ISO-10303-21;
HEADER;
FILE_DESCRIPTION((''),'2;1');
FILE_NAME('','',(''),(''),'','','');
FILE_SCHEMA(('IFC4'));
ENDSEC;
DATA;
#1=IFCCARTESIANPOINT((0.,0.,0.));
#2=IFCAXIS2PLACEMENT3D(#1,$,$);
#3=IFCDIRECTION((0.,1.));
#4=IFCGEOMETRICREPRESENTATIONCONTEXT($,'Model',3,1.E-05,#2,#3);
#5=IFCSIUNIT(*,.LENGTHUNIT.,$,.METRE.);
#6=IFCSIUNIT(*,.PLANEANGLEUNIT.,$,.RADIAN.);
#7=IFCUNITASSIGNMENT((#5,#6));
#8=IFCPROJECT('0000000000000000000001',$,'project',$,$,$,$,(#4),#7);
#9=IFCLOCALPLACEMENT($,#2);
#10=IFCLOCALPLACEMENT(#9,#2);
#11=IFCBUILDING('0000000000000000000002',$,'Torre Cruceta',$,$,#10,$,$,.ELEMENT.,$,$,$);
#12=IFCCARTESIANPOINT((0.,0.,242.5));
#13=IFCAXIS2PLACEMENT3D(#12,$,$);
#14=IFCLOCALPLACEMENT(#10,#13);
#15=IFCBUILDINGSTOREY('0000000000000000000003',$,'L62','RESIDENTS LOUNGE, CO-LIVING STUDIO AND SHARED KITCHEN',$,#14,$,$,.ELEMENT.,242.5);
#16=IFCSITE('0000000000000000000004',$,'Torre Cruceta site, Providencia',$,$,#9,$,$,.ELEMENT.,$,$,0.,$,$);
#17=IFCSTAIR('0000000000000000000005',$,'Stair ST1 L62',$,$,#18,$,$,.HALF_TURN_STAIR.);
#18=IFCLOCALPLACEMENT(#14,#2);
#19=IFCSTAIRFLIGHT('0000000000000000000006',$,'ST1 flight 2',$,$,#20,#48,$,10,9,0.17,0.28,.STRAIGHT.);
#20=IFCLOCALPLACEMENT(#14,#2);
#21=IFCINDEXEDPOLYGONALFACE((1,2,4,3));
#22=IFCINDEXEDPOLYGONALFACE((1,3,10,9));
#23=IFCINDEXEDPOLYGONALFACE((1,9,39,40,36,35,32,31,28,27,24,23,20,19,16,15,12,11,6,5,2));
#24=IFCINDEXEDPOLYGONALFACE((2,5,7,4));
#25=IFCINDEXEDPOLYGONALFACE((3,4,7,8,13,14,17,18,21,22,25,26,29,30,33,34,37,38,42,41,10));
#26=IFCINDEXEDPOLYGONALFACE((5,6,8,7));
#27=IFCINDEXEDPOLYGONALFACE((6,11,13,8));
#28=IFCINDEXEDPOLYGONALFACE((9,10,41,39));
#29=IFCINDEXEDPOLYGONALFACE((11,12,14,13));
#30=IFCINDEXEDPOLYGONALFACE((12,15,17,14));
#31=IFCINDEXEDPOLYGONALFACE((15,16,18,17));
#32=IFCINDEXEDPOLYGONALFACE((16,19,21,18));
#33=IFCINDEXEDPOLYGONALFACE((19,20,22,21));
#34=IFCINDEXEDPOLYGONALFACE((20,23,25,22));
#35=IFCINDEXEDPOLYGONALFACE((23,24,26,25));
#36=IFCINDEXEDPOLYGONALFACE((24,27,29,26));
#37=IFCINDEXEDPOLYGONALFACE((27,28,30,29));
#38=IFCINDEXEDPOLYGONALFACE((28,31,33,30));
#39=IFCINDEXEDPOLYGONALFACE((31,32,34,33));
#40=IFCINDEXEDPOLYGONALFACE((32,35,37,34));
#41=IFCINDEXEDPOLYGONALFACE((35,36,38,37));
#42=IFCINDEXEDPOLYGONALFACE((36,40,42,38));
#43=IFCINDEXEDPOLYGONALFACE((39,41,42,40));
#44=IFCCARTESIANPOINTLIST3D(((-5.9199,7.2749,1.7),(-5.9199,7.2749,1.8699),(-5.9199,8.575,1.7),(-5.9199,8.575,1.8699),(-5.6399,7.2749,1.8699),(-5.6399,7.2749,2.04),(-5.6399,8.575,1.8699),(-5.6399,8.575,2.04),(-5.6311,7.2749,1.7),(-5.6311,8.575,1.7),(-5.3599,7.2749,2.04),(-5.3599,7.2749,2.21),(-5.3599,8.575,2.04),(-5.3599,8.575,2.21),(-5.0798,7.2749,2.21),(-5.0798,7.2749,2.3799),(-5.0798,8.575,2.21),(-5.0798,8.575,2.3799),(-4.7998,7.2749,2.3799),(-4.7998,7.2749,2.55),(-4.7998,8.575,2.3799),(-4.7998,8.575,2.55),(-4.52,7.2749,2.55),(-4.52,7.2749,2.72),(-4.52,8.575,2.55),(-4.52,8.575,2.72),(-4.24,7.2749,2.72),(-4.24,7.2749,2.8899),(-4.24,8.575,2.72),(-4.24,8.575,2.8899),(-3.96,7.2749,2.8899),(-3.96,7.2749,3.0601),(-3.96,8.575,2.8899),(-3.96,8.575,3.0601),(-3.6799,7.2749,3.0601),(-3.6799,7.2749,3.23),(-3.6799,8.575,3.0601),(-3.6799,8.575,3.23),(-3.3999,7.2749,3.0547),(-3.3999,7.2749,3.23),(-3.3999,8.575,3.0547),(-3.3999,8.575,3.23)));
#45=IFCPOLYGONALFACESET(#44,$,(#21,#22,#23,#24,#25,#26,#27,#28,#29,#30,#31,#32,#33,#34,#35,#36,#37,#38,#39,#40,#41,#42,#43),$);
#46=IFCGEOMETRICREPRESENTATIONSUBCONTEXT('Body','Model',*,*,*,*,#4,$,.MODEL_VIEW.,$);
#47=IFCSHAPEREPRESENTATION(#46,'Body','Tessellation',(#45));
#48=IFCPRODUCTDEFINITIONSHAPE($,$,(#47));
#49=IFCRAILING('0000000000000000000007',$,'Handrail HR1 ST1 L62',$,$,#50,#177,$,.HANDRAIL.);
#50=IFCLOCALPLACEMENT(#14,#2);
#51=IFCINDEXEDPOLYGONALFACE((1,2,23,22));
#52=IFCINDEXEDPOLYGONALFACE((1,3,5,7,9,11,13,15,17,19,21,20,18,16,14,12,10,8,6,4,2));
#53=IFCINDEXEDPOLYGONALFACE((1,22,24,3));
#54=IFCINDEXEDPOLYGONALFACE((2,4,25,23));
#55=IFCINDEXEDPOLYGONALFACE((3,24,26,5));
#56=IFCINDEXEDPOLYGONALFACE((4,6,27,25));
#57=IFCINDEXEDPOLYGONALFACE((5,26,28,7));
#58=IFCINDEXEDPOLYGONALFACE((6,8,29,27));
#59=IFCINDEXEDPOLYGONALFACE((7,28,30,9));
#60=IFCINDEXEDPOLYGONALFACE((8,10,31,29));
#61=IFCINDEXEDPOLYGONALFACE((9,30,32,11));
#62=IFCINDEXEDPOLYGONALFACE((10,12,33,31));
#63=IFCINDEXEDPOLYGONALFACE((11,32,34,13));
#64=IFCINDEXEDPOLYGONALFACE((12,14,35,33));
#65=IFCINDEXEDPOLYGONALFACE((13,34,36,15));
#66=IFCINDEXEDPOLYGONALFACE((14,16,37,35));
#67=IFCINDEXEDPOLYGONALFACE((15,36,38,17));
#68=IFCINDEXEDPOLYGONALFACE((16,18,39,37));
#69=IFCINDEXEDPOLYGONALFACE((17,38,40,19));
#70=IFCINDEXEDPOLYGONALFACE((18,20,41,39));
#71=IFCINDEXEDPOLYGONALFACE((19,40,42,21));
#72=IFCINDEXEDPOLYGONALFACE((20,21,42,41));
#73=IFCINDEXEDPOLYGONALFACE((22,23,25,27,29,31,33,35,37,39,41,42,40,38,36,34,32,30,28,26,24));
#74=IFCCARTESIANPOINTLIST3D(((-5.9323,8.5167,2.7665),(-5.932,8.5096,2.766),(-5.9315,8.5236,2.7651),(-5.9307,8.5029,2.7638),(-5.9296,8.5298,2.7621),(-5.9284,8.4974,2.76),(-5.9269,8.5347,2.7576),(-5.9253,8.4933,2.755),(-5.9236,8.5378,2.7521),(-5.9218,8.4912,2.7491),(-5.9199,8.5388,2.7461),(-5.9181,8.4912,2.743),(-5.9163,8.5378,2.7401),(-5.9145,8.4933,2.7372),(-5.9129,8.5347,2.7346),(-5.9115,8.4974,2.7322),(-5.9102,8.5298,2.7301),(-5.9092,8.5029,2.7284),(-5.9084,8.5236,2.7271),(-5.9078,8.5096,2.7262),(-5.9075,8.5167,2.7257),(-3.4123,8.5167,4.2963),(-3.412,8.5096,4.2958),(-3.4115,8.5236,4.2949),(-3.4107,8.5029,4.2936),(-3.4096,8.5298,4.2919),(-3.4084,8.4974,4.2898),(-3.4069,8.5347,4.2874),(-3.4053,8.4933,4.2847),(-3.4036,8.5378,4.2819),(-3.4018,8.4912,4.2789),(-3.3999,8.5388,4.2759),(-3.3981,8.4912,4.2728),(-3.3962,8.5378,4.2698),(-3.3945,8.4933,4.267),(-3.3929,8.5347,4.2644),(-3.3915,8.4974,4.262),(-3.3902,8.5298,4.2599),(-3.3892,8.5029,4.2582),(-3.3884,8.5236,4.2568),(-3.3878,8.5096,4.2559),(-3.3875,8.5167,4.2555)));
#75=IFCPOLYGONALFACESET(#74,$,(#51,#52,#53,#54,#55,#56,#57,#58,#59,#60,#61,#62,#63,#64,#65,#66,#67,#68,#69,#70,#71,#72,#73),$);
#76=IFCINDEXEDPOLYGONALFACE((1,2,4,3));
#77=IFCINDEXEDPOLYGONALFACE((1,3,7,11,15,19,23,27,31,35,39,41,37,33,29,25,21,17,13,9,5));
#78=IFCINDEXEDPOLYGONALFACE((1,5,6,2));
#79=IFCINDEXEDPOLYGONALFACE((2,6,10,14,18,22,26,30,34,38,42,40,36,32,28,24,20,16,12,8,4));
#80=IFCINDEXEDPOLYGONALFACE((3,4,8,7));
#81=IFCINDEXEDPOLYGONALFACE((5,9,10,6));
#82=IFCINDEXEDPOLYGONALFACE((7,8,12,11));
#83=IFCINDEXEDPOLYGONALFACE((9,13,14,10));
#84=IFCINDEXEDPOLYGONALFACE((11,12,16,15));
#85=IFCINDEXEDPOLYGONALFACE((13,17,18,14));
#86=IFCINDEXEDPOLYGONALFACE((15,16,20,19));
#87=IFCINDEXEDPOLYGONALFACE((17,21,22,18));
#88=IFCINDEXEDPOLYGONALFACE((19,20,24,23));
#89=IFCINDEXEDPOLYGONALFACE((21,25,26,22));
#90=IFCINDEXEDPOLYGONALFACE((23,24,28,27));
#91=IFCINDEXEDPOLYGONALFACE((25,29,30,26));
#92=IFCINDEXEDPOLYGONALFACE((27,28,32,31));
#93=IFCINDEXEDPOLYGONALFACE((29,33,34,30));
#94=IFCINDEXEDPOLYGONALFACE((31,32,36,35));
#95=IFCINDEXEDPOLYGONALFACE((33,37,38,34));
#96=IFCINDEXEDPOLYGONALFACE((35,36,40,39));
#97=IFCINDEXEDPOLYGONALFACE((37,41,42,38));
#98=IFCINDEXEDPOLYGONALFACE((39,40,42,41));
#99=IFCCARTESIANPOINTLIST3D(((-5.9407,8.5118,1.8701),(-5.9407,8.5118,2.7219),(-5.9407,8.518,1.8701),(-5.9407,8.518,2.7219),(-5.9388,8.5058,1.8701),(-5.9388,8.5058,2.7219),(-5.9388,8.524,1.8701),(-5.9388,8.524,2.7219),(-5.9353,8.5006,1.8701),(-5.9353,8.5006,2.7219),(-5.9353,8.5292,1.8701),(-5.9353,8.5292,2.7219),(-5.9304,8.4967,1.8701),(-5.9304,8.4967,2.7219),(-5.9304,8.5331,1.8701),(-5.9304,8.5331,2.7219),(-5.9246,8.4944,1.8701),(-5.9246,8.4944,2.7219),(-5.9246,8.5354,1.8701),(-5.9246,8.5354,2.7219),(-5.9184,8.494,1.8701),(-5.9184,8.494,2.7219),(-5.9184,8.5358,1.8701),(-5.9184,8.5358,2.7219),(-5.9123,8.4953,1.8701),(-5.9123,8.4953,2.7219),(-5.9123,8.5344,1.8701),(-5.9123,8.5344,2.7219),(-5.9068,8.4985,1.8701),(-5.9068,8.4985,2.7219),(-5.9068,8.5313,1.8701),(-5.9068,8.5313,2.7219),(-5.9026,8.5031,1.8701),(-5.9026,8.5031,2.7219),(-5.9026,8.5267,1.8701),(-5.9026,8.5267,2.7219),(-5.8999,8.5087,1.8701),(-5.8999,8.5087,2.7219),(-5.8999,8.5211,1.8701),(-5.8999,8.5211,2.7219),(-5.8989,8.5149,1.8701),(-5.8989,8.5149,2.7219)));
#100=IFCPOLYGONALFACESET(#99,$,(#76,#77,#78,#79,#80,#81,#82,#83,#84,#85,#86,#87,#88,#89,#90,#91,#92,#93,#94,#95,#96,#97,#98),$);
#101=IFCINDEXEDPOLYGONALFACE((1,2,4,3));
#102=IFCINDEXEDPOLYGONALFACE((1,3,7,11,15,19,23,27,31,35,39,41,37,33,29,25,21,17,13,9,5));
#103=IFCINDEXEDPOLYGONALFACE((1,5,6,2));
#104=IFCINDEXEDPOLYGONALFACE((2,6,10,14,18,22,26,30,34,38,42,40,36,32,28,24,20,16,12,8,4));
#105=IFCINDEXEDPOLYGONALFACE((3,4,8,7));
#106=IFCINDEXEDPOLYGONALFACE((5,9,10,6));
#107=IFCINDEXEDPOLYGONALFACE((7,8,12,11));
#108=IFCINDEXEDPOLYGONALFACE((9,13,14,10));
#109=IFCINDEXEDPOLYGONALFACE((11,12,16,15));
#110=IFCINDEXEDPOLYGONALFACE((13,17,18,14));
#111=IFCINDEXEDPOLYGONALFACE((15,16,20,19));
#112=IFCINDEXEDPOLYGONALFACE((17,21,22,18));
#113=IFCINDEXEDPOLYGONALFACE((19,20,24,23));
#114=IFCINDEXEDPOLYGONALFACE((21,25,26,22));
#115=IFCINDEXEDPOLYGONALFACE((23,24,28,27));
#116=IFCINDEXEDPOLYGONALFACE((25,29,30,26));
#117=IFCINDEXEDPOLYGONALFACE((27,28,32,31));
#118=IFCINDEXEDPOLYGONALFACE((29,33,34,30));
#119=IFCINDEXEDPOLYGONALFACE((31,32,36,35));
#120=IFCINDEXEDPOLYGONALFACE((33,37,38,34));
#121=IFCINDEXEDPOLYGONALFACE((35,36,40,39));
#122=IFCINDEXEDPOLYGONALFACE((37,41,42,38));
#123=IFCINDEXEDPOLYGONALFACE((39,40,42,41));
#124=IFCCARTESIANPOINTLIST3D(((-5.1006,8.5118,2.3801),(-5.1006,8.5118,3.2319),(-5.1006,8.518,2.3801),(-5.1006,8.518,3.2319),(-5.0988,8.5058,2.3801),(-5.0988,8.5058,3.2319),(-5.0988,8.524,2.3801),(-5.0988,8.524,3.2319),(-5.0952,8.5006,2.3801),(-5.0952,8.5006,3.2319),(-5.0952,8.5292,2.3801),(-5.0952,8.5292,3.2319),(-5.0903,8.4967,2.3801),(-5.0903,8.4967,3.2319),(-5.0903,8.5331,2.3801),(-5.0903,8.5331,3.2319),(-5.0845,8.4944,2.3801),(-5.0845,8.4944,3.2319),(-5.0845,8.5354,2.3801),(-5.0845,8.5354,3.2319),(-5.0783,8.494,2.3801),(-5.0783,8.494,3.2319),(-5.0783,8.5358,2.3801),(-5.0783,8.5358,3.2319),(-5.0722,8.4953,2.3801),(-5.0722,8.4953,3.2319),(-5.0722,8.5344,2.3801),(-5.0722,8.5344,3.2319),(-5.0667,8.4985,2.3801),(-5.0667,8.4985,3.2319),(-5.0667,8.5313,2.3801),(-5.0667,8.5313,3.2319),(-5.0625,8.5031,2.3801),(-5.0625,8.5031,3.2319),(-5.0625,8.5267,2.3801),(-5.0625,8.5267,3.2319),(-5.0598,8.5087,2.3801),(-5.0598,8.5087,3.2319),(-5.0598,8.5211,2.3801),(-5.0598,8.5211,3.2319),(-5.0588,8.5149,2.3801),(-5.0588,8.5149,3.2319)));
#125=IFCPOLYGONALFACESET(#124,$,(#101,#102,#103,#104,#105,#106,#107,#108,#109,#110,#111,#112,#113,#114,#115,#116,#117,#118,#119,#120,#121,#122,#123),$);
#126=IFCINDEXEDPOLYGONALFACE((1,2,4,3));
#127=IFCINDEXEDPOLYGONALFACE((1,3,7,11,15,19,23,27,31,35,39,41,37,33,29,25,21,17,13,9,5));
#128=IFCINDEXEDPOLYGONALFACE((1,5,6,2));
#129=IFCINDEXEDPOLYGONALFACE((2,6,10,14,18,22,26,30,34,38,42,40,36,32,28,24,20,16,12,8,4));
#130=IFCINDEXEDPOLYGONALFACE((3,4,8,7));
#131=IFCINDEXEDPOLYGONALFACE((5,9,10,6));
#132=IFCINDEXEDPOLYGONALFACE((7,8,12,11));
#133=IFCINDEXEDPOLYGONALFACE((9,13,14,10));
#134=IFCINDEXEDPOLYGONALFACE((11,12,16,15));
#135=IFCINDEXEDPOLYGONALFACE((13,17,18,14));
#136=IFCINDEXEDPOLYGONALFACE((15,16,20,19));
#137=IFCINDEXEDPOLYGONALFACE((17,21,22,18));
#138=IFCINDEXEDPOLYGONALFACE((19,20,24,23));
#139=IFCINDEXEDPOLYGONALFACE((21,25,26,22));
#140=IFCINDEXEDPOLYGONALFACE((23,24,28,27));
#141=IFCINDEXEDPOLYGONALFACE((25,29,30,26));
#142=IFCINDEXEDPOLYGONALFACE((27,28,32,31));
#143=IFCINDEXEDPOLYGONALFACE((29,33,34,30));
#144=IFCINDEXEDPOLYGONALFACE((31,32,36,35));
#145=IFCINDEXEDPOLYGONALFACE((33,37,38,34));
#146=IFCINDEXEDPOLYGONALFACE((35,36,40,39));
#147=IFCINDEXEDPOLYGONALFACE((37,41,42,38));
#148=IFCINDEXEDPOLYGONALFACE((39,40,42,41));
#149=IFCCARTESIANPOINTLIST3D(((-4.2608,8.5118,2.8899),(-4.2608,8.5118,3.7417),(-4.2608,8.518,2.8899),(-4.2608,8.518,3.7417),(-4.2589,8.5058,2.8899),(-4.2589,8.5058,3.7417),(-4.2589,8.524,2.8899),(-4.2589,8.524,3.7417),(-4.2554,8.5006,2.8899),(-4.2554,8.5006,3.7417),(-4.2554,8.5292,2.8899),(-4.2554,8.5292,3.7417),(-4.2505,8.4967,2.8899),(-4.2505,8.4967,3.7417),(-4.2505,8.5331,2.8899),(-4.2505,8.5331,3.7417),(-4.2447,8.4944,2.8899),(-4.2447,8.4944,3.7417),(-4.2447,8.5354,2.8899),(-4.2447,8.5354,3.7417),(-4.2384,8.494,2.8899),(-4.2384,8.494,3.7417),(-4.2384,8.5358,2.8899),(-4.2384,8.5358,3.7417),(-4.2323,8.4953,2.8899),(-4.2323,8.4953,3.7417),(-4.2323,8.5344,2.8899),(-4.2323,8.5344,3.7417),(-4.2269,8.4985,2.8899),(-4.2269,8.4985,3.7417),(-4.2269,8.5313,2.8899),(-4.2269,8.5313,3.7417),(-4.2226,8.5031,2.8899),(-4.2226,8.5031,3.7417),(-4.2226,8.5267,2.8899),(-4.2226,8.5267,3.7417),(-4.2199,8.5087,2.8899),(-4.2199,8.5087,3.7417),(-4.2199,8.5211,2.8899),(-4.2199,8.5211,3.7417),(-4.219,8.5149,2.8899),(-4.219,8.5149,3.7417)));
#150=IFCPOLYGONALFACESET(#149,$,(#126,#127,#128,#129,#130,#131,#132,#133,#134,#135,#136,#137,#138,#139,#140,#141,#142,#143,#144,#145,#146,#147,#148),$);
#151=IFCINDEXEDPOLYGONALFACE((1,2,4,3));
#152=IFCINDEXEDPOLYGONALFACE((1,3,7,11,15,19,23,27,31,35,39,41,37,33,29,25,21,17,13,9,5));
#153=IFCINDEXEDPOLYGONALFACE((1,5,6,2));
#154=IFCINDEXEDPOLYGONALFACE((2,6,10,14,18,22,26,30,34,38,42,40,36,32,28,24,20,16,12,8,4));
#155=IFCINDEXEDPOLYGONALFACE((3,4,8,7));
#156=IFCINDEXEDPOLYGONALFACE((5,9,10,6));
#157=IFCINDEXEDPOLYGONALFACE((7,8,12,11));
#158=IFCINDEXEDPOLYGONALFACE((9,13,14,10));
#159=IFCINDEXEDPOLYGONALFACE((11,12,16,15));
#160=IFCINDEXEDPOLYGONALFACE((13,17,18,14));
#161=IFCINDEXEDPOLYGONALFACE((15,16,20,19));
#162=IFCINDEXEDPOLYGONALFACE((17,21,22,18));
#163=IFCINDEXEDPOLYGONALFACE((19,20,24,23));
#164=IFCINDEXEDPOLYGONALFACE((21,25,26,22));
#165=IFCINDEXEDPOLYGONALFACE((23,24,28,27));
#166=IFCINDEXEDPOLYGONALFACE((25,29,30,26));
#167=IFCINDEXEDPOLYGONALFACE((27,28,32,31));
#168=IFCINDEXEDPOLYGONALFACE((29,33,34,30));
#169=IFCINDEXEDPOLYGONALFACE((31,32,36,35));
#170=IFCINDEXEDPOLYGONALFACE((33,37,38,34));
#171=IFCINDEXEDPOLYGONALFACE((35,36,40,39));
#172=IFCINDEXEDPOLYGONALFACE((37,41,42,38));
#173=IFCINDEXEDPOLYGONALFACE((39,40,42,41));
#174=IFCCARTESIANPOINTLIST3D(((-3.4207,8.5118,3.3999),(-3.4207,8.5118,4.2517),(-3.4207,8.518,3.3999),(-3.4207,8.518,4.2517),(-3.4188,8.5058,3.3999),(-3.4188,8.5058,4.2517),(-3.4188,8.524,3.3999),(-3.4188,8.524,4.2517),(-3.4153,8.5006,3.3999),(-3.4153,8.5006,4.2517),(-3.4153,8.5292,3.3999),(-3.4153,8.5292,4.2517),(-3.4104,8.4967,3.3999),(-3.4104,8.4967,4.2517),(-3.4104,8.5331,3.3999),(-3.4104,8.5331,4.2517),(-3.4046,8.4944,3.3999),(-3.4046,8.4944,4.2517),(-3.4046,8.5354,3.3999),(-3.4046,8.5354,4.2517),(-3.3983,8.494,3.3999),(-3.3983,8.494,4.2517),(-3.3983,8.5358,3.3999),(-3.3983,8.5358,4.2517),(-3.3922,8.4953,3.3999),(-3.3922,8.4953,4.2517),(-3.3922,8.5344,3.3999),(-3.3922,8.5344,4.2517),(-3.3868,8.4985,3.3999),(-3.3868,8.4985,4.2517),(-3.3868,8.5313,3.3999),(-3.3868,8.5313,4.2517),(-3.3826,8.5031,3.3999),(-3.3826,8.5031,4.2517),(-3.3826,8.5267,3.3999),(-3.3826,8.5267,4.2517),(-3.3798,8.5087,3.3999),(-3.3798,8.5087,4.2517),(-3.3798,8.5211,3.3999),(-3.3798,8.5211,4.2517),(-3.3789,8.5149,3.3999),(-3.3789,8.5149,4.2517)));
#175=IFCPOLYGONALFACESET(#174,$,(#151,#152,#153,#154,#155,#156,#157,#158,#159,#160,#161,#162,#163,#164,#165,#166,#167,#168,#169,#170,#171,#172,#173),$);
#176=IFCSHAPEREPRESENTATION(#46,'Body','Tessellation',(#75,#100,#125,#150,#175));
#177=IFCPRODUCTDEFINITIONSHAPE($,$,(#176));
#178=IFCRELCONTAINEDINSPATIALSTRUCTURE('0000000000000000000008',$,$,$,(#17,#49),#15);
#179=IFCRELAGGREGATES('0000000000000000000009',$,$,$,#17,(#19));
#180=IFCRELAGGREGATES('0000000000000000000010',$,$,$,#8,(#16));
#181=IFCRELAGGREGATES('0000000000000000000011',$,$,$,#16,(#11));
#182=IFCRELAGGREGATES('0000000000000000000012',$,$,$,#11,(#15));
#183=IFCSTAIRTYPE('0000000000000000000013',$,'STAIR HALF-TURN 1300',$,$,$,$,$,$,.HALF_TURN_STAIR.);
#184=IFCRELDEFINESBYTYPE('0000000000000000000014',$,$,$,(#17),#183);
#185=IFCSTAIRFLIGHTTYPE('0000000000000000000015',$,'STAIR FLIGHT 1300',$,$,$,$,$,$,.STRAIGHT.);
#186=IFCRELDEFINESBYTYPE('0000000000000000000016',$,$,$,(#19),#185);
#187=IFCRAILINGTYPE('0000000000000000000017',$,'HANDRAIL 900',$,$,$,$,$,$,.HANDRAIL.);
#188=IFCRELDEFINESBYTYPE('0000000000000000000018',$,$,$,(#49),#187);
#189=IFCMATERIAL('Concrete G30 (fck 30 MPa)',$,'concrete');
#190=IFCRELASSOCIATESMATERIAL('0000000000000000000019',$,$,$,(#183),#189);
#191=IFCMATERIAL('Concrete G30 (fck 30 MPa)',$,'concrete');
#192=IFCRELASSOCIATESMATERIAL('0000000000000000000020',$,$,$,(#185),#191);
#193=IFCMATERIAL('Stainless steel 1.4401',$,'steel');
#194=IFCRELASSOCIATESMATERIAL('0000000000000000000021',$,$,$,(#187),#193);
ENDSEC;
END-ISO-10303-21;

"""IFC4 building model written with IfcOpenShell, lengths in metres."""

from ifc_helpers import new_model, si_unit, direction, frame, origin, origin_2d, place, context, subcontext, project, spatial, polyline, circle, outline, extrude, material, type_object, element, aggregate, save


model = new_model("IFC4")

# Units and contexts
model_context = context("Model", 3, precision=1e-05, world=origin(), true_north=direction((0.0, 1.0)))
body_context = subcontext(model_context, "Body", "Model", "MODEL_VIEW")
ifc_project = project(units=[si_unit("LENGTHUNIT", "METRE"), si_unit("PLANEANGLEUNIT", "RADIAN")], contexts=[model_context])

# Site, building, storey
site_placement = place(None, origin())
site = spatial("IfcSite", under=ifc_project, at=site_placement, Name="Torre Cruceta site, Providencia", CompositionType="ELEMENT", RefElevation=0.0)
building_placement = place(site_placement, origin())
building = spatial("IfcBuilding", under=site, at=building_placement, Name="Torre Cruceta", CompositionType="ELEMENT")
storey_placement = place(building_placement, frame((0.0, 0.0, 242.5)))
storey = spatial("IfcBuildingStorey", under=building, at=storey_placement, Name="L62", Description="RESIDENTS LOUNGE, CO-LIVING STUDIO AND SHARED KITCHEN", CompositionType="ELEMENT", Elevation=242.5)

# Stair, stair flight
ifc_material_1 = material(Name="Concrete G30 (fck 30 MPa)", Category="concrete")
stair_type = type_object("IfcStairType", Name="STAIR HALF-TURN 1300", PredefinedType="HALF_TURN_STAIR", material=ifc_material_1)
stair_placement = place(storey_placement, origin())
stair = element("IfcStair", 1, at=stair_placement, inside=storey, type_object=stair_type, Name="Stair ST1 L62", PredefinedType="HALF_TURN_STAIR")
ifc_material_2 = material(Name="Concrete G30 (fck 30 MPa)", Category="concrete")
stair_flight_type = type_object("IfcStairFlightType", Name="STAIR FLIGHT 1300", PredefinedType="STRAIGHT", material=ifc_material_2)
stair_flight_1_placement = place(storey_placement, frame((-5.9199, 7.925, 1.7), z_axis=(0.0, 0.0, 1.0), x_axis=(1.0, 0.0, 0.0)))
stair_flight_1 = element("IfcStairFlight", 2, at=stair_flight_1_placement, type_object=stair_flight_type, Name="ST1 flight 2", NumberOfRisers=10, NumberOfTreads=9, PredefinedType="STRAIGHT", RiserHeight=0.17, TreadLength=0.28, context=body_context, shape_type="SweptSolid", body=[
    extrude(outline(polyline([(0.0, 0.0), (0.0, 0.1699), (0.28, 0.1699), (0.28, 0.3401), (0.5601, 0.3401), (0.5601, 0.51), (0.8401, 0.51), (0.8401, 0.6799), (1.1201, 0.6799), (1.1201, 0.8501), (1.3999, 0.8501), (1.3999, 1.02), (1.6799, 1.02), (1.6799, 1.1899), (1.96, 1.1899), (1.96, 1.3601), (2.24, 1.3601), (2.24, 1.53), (2.52, 1.53), (2.52, 1.7), (2.52, 1.3547), (0.2888, 0.0), (0.0, 0.0)])), frame((0.0, 0.6499, 0.0), z_axis=(0.0, -1.0, 0.0), x_axis=(1.0, 0.0, 0.0)), (0.0, 0.0, 1.0), 1.3),
])
aggregate(stair, [stair_flight_1])

# Railing
ifc_material_3 = material(Name="Stainless steel 1.4401", Category="steel")
railing_type = type_object("IfcRailingType", Name="HANDRAIL 900", PredefinedType="HANDRAIL", material=ifc_material_3)
railing_1_placement = place(storey_placement, frame((-5.9199, 8.5149, 1.8701)))
element("IfcRailing", 3, at=railing_1_placement, inside=storey, type_object=railing_type, Name="Handrail HR1 ST1 L62", PredefinedType="HANDRAIL", context=body_context, shape_type="SweptSolid", body=[
    extrude(circle(Radius=0.0239, at=origin_2d()), frame((0.0, 0.0, 0.876), z_axis=(0.854822, 0.0, 0.518922), x_axis=(0.0, 1.0, 0.0)), (0.0, 0.0, 1.0), 2.948),
    extrude(circle(Radius=0.021, at=origin_2d()), origin(), (0.0, 0.0, 1.0), 0.8518),
    extrude(circle(Radius=0.021, at=origin_2d()), frame((0.8401, 0.0, 0.51)), (0.0, 0.0, 1.0), 0.8518),
    extrude(circle(Radius=0.021, at=origin_2d()), frame((1.6799, 0.0, 1.0198)), (0.0, 0.0, 1.0), 0.8518),
    extrude(circle(Radius=0.021, at=origin_2d()), frame((2.52, 0.0, 1.5298)), (0.0, 0.0, 1.0), 0.8518),
])

save(model, "model.ifc")
